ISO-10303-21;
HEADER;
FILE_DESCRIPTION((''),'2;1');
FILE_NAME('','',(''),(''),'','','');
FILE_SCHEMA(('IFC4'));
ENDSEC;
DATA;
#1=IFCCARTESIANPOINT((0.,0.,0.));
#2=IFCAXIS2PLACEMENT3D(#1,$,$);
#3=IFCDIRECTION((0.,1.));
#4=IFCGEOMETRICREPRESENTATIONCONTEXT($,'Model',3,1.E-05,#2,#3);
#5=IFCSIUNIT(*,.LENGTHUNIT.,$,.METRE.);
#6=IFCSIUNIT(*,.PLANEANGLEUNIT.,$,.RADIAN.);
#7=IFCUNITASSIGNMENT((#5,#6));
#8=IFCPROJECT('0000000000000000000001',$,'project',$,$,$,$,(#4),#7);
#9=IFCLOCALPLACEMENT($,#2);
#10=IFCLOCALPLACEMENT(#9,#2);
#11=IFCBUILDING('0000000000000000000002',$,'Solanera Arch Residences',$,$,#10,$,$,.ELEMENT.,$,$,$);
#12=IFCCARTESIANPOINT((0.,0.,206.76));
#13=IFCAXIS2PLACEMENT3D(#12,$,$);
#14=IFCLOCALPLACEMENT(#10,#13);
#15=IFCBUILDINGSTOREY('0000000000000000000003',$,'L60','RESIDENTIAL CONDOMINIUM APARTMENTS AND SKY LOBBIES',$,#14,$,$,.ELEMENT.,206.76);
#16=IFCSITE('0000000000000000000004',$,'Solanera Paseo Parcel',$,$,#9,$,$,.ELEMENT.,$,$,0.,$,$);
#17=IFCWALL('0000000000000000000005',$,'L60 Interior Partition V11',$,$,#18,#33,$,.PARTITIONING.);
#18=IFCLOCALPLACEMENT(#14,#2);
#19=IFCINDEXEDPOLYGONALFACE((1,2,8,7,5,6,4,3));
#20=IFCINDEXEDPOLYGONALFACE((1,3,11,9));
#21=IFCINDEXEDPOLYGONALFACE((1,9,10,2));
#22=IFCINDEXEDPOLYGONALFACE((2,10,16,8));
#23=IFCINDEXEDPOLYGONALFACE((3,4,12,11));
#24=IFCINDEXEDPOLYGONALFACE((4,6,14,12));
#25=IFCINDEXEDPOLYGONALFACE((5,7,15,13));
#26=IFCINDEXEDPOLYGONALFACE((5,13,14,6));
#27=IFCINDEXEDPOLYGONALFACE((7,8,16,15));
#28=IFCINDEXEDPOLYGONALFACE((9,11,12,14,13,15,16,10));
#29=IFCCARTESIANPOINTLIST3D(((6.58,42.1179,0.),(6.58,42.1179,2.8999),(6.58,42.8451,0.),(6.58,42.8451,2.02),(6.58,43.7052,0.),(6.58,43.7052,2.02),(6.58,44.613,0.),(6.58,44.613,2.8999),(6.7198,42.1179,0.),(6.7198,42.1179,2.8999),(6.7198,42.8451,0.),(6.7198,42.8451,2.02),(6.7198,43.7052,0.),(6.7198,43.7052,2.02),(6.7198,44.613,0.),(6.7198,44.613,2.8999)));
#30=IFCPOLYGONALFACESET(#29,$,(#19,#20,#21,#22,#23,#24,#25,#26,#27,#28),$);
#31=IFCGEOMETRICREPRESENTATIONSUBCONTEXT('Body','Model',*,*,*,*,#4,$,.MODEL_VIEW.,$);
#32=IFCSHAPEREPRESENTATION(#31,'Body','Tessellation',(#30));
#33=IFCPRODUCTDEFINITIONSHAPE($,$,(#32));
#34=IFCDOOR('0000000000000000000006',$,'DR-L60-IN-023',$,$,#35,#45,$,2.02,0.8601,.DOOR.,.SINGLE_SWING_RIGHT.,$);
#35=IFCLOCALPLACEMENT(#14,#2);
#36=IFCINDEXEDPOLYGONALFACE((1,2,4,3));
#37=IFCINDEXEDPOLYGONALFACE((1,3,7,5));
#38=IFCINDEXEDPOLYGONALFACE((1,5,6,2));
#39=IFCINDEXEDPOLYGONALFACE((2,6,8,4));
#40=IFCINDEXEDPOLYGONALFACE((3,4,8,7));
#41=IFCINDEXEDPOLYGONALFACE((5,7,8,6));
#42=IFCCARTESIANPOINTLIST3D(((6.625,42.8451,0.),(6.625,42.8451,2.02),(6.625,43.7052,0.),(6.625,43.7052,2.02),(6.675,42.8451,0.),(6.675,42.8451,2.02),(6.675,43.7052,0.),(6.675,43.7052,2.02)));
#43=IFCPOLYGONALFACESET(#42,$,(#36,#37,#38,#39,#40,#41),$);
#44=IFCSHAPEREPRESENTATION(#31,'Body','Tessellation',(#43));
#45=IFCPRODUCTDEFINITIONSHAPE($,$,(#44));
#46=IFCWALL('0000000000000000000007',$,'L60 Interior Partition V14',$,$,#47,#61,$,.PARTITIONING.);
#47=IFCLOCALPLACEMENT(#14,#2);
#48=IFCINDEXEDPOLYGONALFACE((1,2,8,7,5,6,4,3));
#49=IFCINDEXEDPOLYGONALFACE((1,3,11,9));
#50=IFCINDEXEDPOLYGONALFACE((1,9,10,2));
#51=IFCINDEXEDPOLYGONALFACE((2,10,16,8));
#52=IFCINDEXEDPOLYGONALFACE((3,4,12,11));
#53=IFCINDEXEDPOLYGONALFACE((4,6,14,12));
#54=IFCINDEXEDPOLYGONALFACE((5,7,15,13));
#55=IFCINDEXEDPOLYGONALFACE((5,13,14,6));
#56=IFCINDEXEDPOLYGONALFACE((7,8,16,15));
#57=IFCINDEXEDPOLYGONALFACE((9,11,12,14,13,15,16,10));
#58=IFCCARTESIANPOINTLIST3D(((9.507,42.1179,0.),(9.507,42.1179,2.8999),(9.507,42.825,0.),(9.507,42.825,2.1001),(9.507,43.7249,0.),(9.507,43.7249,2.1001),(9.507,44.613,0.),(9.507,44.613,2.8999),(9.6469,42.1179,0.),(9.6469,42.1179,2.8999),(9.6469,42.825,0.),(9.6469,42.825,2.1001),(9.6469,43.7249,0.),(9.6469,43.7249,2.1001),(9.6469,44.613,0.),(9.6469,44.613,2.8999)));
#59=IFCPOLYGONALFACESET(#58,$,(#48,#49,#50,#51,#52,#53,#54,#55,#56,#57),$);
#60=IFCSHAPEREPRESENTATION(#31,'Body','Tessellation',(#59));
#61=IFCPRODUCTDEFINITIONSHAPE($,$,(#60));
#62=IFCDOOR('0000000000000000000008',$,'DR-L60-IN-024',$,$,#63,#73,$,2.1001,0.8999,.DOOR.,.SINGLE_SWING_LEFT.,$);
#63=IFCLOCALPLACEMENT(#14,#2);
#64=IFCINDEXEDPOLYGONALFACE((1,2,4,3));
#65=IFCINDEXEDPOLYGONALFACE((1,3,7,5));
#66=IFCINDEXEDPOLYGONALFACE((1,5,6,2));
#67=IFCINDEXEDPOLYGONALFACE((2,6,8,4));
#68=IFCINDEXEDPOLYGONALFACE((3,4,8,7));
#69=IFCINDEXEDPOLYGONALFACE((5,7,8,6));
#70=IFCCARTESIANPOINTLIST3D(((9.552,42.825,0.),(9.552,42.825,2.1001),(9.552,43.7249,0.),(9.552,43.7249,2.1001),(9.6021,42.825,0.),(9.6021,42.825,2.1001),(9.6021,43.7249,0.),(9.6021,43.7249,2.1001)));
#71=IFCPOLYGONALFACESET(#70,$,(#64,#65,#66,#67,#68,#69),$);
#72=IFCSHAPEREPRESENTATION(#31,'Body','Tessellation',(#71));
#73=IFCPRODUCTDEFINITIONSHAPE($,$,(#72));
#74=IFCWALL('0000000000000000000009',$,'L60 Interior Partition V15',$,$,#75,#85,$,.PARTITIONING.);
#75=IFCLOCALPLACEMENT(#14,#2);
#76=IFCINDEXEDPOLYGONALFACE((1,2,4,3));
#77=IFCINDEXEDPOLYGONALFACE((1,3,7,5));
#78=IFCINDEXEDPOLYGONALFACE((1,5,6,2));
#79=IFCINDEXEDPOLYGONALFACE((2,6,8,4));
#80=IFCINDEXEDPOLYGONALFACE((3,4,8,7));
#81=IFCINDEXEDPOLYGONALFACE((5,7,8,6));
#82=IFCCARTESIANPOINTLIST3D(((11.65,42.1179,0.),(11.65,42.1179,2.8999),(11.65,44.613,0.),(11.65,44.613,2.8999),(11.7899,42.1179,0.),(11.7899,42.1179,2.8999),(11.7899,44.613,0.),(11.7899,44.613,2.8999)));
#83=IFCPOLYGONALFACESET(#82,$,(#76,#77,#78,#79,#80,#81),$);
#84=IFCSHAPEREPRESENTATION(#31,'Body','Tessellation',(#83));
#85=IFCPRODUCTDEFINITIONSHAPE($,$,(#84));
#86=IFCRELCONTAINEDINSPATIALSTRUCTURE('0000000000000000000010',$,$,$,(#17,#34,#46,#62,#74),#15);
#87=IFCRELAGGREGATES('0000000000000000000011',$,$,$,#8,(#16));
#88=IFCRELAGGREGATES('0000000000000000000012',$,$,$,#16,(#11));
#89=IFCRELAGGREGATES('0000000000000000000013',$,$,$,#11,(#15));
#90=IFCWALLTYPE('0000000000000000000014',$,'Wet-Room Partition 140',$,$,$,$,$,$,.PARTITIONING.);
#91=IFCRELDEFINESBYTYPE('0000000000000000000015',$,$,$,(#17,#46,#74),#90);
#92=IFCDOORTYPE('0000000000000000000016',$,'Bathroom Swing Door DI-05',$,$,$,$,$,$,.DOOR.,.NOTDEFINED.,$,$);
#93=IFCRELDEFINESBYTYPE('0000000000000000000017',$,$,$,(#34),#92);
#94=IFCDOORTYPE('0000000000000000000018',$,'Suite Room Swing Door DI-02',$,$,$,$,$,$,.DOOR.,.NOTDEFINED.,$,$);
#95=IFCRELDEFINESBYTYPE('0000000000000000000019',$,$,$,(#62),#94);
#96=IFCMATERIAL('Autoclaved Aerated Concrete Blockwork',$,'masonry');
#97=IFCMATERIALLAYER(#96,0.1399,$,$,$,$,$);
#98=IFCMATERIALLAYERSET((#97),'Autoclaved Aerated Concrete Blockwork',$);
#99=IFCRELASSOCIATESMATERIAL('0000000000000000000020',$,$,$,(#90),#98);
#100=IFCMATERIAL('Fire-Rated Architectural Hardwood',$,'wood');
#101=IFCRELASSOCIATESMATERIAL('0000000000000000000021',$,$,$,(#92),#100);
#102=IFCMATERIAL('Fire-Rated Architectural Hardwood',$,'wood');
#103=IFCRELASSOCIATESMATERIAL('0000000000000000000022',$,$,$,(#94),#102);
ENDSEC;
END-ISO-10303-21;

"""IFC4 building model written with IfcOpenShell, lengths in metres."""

from ifc_helpers import new_model, si_unit, direction, frame, frame_2d, origin, place, context, subcontext, project, spatial, rectangle, extrude, material, layer, layer_set, type_object, element, fill, save


model = new_model("IFC4")

# Units and contexts
model_context = context("Model", 3, precision=1e-05, world=origin(), true_north=direction((0.0, 1.0)))
body_context = subcontext(model_context, "Body", "Model", "MODEL_VIEW")
ifc_project = project(units=[si_unit("LENGTHUNIT", "METRE"), si_unit("PLANEANGLEUNIT", "RADIAN")], contexts=[model_context])

# Site, building, storey
site_placement = place(None, origin())
site = spatial("IfcSite", under=ifc_project, at=site_placement, Name="Solanera Paseo Parcel", CompositionType="ELEMENT", RefElevation=0.0)
building_placement = place(site_placement, origin())
building = spatial("IfcBuilding", under=site, at=building_placement, Name="Solanera Arch Residences", CompositionType="ELEMENT")
storey_placement = place(building_placement, frame((0.0, 0.0, 206.76)))
storey = spatial("IfcBuildingStorey", under=building, at=storey_placement, Name="L60", Description="RESIDENTIAL CONDOMINIUM APARTMENTS AND SKY LOBBIES", CompositionType="ELEMENT", Elevation=206.76)

# Walls, openings, doors
ifc_material_1 = material(Name="Autoclaved Aerated Concrete Blockwork", Category="masonry")
ifc_layer_1 = layer(ifc_material_1, 0.1399)
ifc_layer_set_1 = layer_set([ifc_layer_1], Name="Autoclaved Aerated Concrete Blockwork")
wall_type_1 = type_object("IfcWallType", Name="Wet-Room Partition 140", PredefinedType="PARTITIONING", material=ifc_layer_set_1)
wall_1_placement = place(storey_placement, frame((6.6499, 42.1179, 0.0), z_axis=(0.0, 0.0, 1.0), x_axis=(0.0, 1.0, 0.0)))
wall_1 = element("IfcWall", 1, at=wall_1_placement, inside=storey, type_object=wall_type_1, Name="L60 Interior Partition V11", PredefinedType="PARTITIONING", context=body_context, shape_type="SweptSolid", body=[
    extrude(rectangle(XDim=2.4951, YDim=0.1399, at=frame_2d((1.2476, 0.0))), origin(), (0.0, 0.0, 1.0), 2.8999),
])
opening_1_placement = place(wall_1_placement, frame((0.7271, 0.0, 0.0)))
opening_1 = element("IfcOpeningElement", 2, at=opening_1_placement, cuts=wall_1, PredefinedType="OPENING", context=body_context, shape_type="SweptSolid", body=[
    extrude(rectangle(XDim=0.8601, YDim=2.02, at=frame_2d((0.4302, 1.01))), frame((0.0, 0.0798, 0.0), z_axis=(0.0, -1.0, 0.0), x_axis=(1.0, 0.0, 0.0)), (0.0, 0.0, 1.0), 0.1599),
])
ifc_material_2 = material(Name="Fire-Rated Architectural Hardwood", Category="wood")
door_type_1 = type_object("IfcDoorType", Name="Bathroom Swing Door DI-05", OperationType="NOTDEFINED", PredefinedType="DOOR", material=ifc_material_2)
door_1_placement = place(opening_1_placement, origin())
door_1 = element("IfcDoor", 3, at=door_1_placement, inside=storey, type_object=door_type_1, Name="DR-L60-IN-023", OperationType="SINGLE_SWING_RIGHT", OverallHeight=2.02, OverallWidth=0.8601, PredefinedType="DOOR", context=body_context, shape_type="SweptSolid", body=[
    extrude(rectangle(XDim=0.8601, YDim=2.02, at=frame_2d((0.4302, 1.01))), frame((0.0, 0.0249, 0.0), z_axis=(0.0, -1.0, 0.0), x_axis=(1.0, 0.0, 0.0)), (0.0, 0.0, 1.0), 0.05),
])
fill(opening_1, door_1)
wall_2_placement = place(storey_placement, frame((9.5769, 42.1179, 0.0), z_axis=(0.0, 0.0, 1.0), x_axis=(0.0, 1.0, 0.0)))
wall_2 = element("IfcWall", 4, at=wall_2_placement, inside=storey, type_object=wall_type_1, Name="L60 Interior Partition V14", PredefinedType="PARTITIONING", context=body_context, shape_type="SweptSolid", body=[
    extrude(rectangle(XDim=2.4951, YDim=0.1399, at=frame_2d((1.2476, 0.0))), origin(), (0.0, 0.0, 1.0), 2.8999),
])
opening_2_placement = place(wall_2_placement, frame((0.707, 0.0, 0.0)))
opening_2 = element("IfcOpeningElement", 5, at=opening_2_placement, cuts=wall_2, PredefinedType="OPENING", context=body_context, shape_type="SweptSolid", body=[
    extrude(rectangle(XDim=0.8999, YDim=2.1001, at=frame_2d((0.45, 1.05))), frame((0.0, 0.0798, 0.0), z_axis=(0.0, -1.0, 0.0), x_axis=(1.0, 0.0, 0.0)), (0.0, 0.0, 1.0), 0.1599),
])
ifc_material_3 = material(Name="Fire-Rated Architectural Hardwood", Category="wood")
door_type_2 = type_object("IfcDoorType", Name="Suite Room Swing Door DI-02", OperationType="NOTDEFINED", PredefinedType="DOOR", material=ifc_material_3)
door_2_placement = place(opening_2_placement, origin())
door_2 = element("IfcDoor", 6, at=door_2_placement, inside=storey, type_object=door_type_2, Name="DR-L60-IN-024", OperationType="SINGLE_SWING_LEFT", OverallHeight=2.1001, OverallWidth=0.8999, PredefinedType="DOOR", context=body_context, shape_type="SweptSolid", body=[
    extrude(rectangle(XDim=0.8999, YDim=2.1001, at=frame_2d((0.45, 1.05))), frame((0.0, 0.0249, 0.0), z_axis=(0.0, -1.0, 0.0), x_axis=(1.0, 0.0, 0.0)), (0.0, 0.0, 1.0), 0.05),
])
fill(opening_2, door_2)

# Wall
wall_3_placement = place(storey_placement, frame((11.72, 42.1179, 0.0), z_axis=(0.0, 0.0, 1.0), x_axis=(0.0, 1.0, 0.0)))
element("IfcWall", 7, at=wall_3_placement, inside=storey, type_object=wall_type_1, Name="L60 Interior Partition V15", PredefinedType="PARTITIONING", context=body_context, shape_type="SweptSolid", body=[
    extrude(rectangle(XDim=2.4951, YDim=0.1399, at=frame_2d((1.2476, 0.0))), origin(), (0.0, 0.0, 1.0), 2.8999),
])

save(model, "model.ifc")
